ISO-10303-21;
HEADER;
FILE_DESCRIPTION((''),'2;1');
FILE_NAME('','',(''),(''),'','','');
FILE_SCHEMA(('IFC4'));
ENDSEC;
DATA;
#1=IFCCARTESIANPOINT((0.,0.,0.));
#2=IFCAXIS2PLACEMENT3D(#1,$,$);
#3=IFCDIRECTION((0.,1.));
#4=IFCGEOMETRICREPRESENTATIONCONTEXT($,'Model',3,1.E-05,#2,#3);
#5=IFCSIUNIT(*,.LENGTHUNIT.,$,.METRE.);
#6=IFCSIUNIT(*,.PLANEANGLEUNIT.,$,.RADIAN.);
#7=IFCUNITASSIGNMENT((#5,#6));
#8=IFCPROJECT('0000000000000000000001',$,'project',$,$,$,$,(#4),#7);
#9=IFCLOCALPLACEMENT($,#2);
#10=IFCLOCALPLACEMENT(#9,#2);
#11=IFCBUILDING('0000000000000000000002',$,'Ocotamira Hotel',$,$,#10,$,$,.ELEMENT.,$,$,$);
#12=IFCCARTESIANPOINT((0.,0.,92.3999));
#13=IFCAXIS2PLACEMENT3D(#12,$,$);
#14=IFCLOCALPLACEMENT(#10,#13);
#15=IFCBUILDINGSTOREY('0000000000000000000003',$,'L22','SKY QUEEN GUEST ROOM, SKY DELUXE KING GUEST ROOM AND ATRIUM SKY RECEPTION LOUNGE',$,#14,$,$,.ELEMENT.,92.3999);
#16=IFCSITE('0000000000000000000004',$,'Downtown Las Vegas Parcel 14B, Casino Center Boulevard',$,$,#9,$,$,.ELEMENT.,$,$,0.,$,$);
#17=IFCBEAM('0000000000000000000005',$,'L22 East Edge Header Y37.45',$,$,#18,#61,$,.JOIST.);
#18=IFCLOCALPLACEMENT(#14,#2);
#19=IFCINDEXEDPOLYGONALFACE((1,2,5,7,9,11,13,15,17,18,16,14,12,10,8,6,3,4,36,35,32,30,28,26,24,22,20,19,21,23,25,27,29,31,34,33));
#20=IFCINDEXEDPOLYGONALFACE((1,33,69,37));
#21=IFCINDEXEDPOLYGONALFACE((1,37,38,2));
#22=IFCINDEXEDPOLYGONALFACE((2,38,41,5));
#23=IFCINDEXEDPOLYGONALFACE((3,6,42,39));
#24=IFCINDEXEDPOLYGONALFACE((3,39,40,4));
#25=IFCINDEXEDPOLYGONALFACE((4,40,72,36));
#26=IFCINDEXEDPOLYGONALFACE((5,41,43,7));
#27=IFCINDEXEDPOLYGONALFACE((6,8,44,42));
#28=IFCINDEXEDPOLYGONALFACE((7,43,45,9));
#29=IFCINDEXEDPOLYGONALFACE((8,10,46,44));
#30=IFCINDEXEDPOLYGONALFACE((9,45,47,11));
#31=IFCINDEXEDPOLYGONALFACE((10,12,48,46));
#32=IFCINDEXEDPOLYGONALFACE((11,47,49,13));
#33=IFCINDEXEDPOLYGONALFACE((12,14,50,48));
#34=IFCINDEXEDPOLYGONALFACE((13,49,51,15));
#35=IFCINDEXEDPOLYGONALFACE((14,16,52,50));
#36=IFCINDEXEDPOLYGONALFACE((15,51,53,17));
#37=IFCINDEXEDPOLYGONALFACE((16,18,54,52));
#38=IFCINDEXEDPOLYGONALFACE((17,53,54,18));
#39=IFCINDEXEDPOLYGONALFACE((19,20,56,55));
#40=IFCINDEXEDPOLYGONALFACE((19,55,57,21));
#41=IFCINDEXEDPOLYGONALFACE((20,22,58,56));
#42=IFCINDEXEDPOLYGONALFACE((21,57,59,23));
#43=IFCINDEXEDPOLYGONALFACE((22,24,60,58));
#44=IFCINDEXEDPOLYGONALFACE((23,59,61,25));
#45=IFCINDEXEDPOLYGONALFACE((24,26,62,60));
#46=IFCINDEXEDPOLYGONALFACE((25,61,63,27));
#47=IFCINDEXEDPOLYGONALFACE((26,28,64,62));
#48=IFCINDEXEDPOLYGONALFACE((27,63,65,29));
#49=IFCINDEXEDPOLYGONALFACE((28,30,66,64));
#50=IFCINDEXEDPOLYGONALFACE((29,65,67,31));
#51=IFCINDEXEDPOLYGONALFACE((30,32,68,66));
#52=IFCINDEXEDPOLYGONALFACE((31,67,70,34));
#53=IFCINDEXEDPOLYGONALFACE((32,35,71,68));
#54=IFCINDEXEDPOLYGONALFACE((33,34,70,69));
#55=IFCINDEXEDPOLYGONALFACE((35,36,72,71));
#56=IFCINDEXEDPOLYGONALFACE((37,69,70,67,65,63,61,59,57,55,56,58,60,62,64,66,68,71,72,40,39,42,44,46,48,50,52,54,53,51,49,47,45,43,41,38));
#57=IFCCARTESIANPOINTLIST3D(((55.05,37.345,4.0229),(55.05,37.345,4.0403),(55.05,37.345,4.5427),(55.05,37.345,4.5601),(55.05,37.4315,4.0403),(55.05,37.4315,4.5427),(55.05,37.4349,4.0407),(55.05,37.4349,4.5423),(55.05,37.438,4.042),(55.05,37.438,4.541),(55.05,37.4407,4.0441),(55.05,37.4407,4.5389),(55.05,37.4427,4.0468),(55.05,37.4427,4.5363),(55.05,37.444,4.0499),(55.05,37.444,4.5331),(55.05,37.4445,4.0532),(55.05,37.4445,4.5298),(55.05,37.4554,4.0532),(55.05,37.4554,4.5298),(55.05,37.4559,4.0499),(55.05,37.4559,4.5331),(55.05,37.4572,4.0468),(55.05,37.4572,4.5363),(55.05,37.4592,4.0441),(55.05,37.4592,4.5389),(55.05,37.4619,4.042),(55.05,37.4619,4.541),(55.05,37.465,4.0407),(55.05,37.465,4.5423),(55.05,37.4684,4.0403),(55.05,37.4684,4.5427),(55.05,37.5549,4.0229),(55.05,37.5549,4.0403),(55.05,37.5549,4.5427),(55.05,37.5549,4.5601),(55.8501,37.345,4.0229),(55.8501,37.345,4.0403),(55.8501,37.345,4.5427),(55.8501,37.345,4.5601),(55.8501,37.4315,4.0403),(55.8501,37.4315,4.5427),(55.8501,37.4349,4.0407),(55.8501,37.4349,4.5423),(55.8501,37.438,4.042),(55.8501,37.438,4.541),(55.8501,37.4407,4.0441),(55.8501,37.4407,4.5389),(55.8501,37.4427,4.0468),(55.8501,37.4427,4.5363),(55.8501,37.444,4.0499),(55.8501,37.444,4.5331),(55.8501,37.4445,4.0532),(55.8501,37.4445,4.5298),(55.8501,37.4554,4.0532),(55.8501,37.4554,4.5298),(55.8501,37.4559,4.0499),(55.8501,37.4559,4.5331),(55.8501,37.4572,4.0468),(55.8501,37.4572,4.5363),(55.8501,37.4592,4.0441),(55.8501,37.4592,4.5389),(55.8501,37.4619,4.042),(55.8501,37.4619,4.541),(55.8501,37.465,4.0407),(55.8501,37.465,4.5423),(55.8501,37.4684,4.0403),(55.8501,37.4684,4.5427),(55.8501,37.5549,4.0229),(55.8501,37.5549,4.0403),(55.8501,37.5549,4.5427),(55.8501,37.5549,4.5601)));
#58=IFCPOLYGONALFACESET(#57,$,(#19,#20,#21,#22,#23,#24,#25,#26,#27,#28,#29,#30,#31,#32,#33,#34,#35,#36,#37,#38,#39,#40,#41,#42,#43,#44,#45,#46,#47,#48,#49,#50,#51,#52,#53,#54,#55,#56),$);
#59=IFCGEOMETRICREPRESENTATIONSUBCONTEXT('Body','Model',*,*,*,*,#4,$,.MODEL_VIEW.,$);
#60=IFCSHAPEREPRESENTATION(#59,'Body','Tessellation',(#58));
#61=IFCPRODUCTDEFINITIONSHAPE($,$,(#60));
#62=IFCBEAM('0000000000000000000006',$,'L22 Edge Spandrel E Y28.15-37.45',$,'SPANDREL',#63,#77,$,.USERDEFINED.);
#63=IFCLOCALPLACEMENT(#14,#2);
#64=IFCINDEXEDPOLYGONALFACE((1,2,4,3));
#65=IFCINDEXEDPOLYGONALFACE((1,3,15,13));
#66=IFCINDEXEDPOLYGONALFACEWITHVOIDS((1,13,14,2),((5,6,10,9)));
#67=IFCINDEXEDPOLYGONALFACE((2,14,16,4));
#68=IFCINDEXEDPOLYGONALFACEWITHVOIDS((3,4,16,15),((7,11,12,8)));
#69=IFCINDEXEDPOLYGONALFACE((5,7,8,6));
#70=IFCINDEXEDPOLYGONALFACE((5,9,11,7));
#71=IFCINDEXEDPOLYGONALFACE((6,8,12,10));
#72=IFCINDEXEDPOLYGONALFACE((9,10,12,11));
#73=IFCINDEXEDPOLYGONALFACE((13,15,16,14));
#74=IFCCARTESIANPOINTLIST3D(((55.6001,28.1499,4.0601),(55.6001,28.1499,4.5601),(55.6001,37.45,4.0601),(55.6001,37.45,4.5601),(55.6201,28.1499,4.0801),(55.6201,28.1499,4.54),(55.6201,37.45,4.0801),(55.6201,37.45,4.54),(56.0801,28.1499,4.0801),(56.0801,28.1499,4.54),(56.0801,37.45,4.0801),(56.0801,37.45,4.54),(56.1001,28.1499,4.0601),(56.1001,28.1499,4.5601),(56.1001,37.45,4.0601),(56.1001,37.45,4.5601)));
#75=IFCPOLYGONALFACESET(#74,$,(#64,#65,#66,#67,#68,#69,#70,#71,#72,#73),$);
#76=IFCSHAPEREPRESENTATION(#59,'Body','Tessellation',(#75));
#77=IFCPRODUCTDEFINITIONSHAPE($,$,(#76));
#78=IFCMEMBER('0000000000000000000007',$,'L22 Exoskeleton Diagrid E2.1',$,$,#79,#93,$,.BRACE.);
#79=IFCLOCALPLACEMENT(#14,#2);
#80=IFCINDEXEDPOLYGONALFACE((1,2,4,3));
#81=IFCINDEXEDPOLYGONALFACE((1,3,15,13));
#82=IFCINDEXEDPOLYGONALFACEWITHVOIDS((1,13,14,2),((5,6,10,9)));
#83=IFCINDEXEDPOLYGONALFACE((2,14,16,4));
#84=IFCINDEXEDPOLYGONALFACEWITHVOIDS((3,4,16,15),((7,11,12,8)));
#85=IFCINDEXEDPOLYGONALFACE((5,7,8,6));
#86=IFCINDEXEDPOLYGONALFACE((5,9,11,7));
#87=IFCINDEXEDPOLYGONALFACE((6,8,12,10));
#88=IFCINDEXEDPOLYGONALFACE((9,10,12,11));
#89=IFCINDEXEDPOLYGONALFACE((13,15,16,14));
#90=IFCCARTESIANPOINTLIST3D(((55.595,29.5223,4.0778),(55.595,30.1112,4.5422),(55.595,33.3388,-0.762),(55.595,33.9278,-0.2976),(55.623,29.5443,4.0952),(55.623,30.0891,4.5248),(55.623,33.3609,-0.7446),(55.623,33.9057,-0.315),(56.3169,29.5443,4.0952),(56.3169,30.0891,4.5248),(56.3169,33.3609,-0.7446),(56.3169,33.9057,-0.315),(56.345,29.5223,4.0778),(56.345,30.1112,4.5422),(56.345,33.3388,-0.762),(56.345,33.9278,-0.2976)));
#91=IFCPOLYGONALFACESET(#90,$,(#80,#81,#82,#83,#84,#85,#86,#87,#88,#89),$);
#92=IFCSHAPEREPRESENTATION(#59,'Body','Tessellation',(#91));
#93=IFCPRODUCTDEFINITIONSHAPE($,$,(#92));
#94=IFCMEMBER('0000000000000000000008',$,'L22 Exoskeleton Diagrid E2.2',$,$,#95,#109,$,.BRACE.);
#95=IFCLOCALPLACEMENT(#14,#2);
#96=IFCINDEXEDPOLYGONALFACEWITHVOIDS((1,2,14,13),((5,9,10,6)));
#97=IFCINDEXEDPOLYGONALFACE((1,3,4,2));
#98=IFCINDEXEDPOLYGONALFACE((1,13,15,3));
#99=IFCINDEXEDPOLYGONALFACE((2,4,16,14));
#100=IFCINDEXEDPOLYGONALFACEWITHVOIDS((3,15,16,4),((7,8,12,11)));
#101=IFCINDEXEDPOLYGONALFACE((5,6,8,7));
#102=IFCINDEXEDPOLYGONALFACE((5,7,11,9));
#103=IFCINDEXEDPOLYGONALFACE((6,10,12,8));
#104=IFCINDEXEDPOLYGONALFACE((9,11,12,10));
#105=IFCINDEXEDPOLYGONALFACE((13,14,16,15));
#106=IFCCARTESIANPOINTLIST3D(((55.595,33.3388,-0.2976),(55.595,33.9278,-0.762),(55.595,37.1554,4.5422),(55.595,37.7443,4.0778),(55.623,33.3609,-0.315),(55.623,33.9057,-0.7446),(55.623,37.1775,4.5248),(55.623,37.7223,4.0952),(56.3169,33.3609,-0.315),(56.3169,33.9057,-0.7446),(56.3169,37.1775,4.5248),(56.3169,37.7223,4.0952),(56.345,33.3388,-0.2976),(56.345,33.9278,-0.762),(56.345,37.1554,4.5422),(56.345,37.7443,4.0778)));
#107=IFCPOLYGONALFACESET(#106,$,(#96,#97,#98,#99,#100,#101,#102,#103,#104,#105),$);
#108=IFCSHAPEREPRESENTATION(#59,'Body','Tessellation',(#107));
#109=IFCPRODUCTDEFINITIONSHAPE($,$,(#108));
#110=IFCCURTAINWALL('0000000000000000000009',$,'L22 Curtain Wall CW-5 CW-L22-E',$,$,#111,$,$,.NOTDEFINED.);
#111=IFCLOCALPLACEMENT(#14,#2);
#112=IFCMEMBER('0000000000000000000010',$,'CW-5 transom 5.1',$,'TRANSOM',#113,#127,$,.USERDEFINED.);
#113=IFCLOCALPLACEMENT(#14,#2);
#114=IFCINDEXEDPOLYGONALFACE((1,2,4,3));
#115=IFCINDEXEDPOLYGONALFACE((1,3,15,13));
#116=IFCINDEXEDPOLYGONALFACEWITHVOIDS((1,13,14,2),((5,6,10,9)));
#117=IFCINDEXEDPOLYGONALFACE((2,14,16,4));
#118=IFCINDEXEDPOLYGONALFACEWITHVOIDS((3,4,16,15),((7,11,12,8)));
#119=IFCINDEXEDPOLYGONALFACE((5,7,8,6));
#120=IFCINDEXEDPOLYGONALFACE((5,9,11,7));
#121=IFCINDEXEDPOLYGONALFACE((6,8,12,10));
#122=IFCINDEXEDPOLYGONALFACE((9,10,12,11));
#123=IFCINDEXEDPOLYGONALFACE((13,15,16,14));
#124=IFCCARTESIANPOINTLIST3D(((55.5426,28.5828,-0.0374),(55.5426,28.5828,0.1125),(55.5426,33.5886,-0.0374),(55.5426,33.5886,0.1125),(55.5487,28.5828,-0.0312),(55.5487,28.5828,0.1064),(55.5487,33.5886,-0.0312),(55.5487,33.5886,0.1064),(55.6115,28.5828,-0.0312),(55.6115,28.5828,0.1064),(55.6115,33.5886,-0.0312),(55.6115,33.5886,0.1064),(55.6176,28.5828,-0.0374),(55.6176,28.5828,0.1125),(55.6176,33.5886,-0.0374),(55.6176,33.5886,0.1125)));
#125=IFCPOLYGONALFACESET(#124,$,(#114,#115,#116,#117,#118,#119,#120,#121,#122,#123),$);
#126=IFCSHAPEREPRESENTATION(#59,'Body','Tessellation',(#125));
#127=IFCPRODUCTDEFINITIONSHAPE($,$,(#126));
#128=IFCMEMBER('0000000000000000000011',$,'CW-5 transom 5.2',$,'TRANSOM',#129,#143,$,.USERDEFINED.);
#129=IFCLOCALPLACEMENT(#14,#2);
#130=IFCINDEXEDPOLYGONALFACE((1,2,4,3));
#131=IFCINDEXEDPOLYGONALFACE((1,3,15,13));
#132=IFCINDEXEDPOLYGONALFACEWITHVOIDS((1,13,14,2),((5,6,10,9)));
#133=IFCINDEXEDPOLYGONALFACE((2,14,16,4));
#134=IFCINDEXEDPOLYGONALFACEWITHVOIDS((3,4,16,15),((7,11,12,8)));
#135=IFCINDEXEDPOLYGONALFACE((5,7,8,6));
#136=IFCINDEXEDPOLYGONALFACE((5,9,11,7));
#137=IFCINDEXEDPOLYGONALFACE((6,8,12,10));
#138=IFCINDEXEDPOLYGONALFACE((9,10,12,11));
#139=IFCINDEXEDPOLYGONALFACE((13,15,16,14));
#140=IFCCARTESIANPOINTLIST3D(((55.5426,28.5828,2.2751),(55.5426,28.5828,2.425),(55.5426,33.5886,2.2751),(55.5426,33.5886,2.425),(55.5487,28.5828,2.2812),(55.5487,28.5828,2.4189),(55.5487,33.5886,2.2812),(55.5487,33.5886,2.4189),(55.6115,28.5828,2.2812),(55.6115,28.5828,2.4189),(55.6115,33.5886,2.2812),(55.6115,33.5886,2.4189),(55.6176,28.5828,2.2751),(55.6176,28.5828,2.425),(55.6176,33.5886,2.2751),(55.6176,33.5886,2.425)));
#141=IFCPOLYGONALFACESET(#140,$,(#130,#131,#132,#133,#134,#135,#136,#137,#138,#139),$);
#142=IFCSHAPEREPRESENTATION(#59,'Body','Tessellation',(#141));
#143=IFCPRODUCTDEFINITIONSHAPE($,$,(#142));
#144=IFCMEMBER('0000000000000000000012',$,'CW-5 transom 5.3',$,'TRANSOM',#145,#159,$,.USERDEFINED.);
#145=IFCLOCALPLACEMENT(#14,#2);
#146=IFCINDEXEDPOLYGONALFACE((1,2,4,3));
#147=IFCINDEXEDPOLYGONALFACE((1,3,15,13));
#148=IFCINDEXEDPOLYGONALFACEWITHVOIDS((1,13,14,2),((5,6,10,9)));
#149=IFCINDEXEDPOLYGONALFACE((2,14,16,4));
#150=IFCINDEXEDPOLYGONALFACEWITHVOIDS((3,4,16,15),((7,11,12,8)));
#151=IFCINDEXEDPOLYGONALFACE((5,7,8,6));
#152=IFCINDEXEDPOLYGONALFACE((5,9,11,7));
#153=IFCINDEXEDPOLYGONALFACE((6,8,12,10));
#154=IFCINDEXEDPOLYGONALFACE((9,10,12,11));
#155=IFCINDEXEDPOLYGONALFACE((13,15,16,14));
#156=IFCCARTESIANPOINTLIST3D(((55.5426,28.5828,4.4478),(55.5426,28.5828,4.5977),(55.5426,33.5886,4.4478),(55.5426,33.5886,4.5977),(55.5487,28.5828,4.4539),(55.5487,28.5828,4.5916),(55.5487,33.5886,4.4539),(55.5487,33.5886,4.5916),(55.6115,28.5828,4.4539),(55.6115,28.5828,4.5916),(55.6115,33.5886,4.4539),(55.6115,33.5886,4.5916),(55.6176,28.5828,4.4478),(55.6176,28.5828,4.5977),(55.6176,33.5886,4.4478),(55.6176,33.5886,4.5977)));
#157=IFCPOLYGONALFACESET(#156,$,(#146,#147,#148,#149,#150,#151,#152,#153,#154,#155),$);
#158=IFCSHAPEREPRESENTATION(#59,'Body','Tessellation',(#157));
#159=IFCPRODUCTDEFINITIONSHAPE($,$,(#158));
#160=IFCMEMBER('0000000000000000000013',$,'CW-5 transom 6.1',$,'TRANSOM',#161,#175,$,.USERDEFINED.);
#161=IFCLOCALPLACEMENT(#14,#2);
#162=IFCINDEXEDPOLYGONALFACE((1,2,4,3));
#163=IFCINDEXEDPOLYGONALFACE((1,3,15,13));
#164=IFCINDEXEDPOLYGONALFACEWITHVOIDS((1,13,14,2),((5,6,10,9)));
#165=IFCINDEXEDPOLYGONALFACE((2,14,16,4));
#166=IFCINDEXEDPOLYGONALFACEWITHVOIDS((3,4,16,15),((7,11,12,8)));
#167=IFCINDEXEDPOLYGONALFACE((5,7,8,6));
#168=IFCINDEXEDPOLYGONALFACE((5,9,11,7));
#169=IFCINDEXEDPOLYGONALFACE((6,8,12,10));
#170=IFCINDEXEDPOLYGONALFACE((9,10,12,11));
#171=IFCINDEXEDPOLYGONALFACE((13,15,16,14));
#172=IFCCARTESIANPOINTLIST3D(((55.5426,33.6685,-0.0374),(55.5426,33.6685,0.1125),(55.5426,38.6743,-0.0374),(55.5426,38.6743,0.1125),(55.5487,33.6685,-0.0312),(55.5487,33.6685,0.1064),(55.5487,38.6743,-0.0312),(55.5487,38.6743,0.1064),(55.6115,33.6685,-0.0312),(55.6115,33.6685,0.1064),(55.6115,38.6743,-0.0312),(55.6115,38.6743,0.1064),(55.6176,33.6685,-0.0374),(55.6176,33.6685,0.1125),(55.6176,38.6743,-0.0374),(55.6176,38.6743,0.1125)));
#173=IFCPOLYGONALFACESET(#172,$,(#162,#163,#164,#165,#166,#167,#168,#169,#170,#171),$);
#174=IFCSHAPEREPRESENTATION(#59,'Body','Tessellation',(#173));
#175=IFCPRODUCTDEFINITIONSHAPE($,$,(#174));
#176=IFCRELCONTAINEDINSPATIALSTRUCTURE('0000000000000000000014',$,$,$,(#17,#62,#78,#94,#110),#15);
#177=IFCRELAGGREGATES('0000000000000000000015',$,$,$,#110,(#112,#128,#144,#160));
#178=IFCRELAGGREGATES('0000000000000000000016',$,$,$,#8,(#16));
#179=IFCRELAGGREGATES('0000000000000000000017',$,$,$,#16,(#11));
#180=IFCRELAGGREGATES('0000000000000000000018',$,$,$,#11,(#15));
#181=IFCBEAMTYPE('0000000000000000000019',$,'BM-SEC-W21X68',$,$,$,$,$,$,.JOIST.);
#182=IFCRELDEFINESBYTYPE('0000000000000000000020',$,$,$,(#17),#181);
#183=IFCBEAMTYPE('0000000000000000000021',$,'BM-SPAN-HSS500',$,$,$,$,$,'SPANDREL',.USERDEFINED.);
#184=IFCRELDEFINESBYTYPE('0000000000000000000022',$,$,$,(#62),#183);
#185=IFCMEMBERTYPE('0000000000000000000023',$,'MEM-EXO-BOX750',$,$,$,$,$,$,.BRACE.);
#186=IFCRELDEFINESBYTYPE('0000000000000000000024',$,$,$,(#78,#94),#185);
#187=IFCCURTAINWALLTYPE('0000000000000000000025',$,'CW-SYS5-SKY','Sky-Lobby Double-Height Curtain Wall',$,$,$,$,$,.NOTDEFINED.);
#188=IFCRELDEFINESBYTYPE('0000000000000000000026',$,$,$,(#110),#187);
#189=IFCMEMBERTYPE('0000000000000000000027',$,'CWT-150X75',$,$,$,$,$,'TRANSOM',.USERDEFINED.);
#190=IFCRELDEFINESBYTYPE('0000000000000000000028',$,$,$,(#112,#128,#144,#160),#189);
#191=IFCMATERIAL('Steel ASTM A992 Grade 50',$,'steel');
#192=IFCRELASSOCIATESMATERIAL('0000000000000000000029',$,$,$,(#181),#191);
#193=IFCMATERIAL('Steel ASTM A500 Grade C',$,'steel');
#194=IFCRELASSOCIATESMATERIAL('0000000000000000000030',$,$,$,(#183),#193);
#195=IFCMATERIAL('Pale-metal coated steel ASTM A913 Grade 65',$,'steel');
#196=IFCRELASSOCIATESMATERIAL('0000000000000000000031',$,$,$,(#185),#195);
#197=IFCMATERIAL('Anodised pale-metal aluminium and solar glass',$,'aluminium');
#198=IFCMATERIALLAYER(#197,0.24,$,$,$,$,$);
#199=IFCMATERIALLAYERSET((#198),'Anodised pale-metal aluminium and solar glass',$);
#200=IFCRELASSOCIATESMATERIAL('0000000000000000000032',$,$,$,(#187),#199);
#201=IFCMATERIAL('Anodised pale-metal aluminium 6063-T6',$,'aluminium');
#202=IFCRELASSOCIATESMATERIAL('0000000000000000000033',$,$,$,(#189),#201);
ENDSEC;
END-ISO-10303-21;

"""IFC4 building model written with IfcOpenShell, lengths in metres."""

from ifc_helpers import new_model, si_unit, direction, frame, origin, origin_2d, place, context, subcontext, project, spatial, hollow_rectangle, i_section, extrude, source, transform, mapped, material, layer, layer_set, material_profile, profile_set, type_object, element, aggregate, save


model = new_model("IFC4")

# Units and contexts
model_context = context("Model", 3, precision=1e-05, world=origin(), true_north=direction((0.0, 1.0)))
body_context = subcontext(model_context, "Body", "Model", "MODEL_VIEW")
ifc_project = project(units=[si_unit("LENGTHUNIT", "METRE"), si_unit("PLANEANGLEUNIT", "RADIAN")], contexts=[model_context])

# Site, building, storey
site_placement = place(None, origin())
site = spatial("IfcSite", under=ifc_project, at=site_placement, Name="Downtown Las Vegas Parcel 14B, Casino Center Boulevard", CompositionType="ELEMENT", RefElevation=0.0)
building_placement = place(site_placement, origin())
building = spatial("IfcBuilding", under=site, at=building_placement, Name="Ocotamira Hotel", CompositionType="ELEMENT")
storey_placement = place(building_placement, frame((0.0, 0.0, 92.3999)))
storey = spatial("IfcBuildingStorey", under=building, at=storey_placement, Name="L22", Description="SKY QUEEN GUEST ROOM, SKY DELUXE KING GUEST ROOM AND ATRIUM SKY RECEPTION LOUNGE", CompositionType="ELEMENT", Elevation=92.3999)

# Beams
ifc_material_1 = material(Name="Steel ASTM A500 Grade C", Category="steel")
ifc_material_2 = material(Name="Steel ASTM A992 Grade 50", Category="steel")
ifc_material_profile_1 = material_profile(ifc_material_2, i_section(OverallWidth=0.21, OverallDepth=0.5371, WebThickness=0.011, FlangeThickness=0.0173, FilletRadius=0.0129, at=origin_2d()), Name="W21X68")
ifc_profile_set_1 = profile_set([ifc_material_profile_1], Name="Steel ASTM A992 Grade 50")
beam_type_1 = type_object("IfcBeamType", Name="BM-SEC-W21X68", PredefinedType="JOIST", material=ifc_profile_set_1)
shared_shape_1 = source(origin(), body_context, "Body", "SweptSolid", [
    extrude(i_section(OverallWidth=0.21, OverallDepth=0.5371, WebThickness=0.011, FlangeThickness=0.0173, FilletRadius=0.0129, at=origin_2d()), origin(), (0.0, 0.0, 1.0), 0.8),
])
for number, where, z_axis, x_axis, name in (
    (1, (55.05, 37.45, 4.2915), (1.0, 0.0, 0.0), (0.0, 1.0, 0.0), "L22 East Edge Header Y37.45"),
):
    element("IfcBeam", number, at=place(storey_placement, frame(where, z_axis=z_axis, x_axis=x_axis)), inside=storey, type_object=beam_type_1, Name=name, PredefinedType="JOIST", context=body_context, shape_type="MappedRepresentation", body=[
        mapped(shared_shape_1, transform((0.0, 0.0, 0.0), scale=1.0)),
    ])
ifc_material_profile_2 = material_profile(ifc_material_1, hollow_rectangle(XDim=0.5, YDim=0.5, WallThickness=0.02, at=origin_2d()), Name="HSS500X500X20")
ifc_profile_set_2 = profile_set([ifc_material_profile_2], Name="Steel ASTM A500 Grade C")
beam_type_2 = type_object("IfcBeamType", Name="BM-SPAN-HSS500", ElementType="SPANDREL", PredefinedType="USERDEFINED", material=ifc_profile_set_2)
shared_shape_2 = source(origin(), body_context, "Body", "SweptSolid", [
    extrude(hollow_rectangle(XDim=0.5, YDim=0.5, WallThickness=0.02, at=origin_2d()), origin(), (0.0, 0.0, 1.0), 9.3),
])
beam_1_placement = place(storey_placement, frame((55.8501, 28.1499, 4.3101), z_axis=(0.0, 1.0, 0.0), x_axis=(-1.0, 0.0, 0.0)))
element("IfcBeam", 2, at=beam_1_placement, inside=storey, type_object=beam_type_2, Name="L22 Edge Spandrel E Y28.15-37.45", ObjectType="SPANDREL", PredefinedType="USERDEFINED", context=body_context, shape_type="MappedRepresentation", body=[
    mapped(shared_shape_2, transform((0.0, 0.0, 0.0), scale=1.0)),
])

# Members
ifc_material_3 = material(Name="Pale-metal coated steel ASTM A913 Grade 65", Category="steel")
ifc_material_profile_3 = material_profile(ifc_material_3, hollow_rectangle(XDim=0.75, YDim=0.75, WallThickness=0.0281, at=origin_2d()), Name="BOX750X750X28")
ifc_profile_set_3 = profile_set([ifc_material_profile_3], Name="Pale-metal coated steel ASTM A913 Grade 65")
member_type_1 = type_object("IfcMemberType", Name="MEM-EXO-BOX750", PredefinedType="BRACE", material=ifc_profile_set_3)
shared_shape_3 = source(origin(), body_context, "Body", "SweptSolid", [
    extrude(hollow_rectangle(XDim=0.75, YDim=0.75, WallThickness=0.0281, at=origin_2d()), origin(), (0.0, 0.0, 1.0), 6.1636),
])
for number, where, z_axis, x_axis, name in (
    (3, (55.97, 33.6333, -0.5298), (0.0, -0.619217, 0.78522), (1.0, 0.0, 0.0), "L22 Exoskeleton Diagrid E2.1"),
    (4, (55.97, 33.6333, -0.5298), (0.0, 0.619217, 0.78522), (-1.0, 0.0, 0.0), "L22 Exoskeleton Diagrid E2.2"),
):
    element("IfcMember", number, at=place(storey_placement, frame(where, z_axis=z_axis, x_axis=x_axis)), inside=storey, type_object=member_type_1, Name=name, PredefinedType="BRACE", context=body_context, shape_type="MappedRepresentation", body=[
        mapped(shared_shape_3, transform((0.0, 0.0, 0.0), scale=1.0)),
    ])

# Curtain wall, members
ifc_material_4 = material(Name="Anodised pale-metal aluminium and solar glass", Category="aluminium")
ifc_layer_1 = layer(ifc_material_4, 0.24)
ifc_layer_set_1 = layer_set([ifc_layer_1], Name="Anodised pale-metal aluminium and solar glass")
curtain_wall_type = type_object("IfcCurtainWallType", Name="CW-SYS5-SKY", Description="Sky-Lobby Double-Height Curtain Wall", PredefinedType="NOTDEFINED", material=ifc_layer_set_1)
curtain_wall_placement = place(storey_placement, origin())
curtain_wall = element("IfcCurtainWall", 5, at=curtain_wall_placement, inside=storey, type_object=curtain_wall_type, Name="L22 Curtain Wall CW-5 CW-L22-E", PredefinedType="NOTDEFINED")
ifc_material_5 = material(Name="Anodised pale-metal aluminium 6063-T6", Category="aluminium")
ifc_material_profile_4 = material_profile(ifc_material_5, hollow_rectangle(XDim=0.075, YDim=0.1499, WallThickness=0.0061, at=origin_2d()), Name="HSS150X75X6")
ifc_profile_set_4 = profile_set([ifc_material_profile_4], Name="Anodised pale-metal aluminium 6063-T6")
member_type_2 = type_object("IfcMemberType", Name="CWT-150X75", ElementType="TRANSOM", PredefinedType="USERDEFINED", material=ifc_profile_set_4)
shared_shape_4 = source(origin(), body_context, "Body", "SweptSolid", [
    extrude(hollow_rectangle(XDim=0.075, YDim=0.1499, WallThickness=0.0061, at=origin_2d()), origin(), (0.0, 0.0, 1.0), 5.0059),
])
member_1_placement = place(storey_placement, frame((55.5801, 28.5828, 0.0376), z_axis=(0.0, 1.0, 0.0), x_axis=(-1.0, 0.0, 0.0)))
member_1 = element("IfcMember", 6, at=member_1_placement, type_object=member_type_2, Name="CW-5 transom 5.1", ObjectType="TRANSOM", PredefinedType="USERDEFINED", context=body_context, shape_type="MappedRepresentation", body=[
    mapped(shared_shape_4, transform((0.0, 0.0, 0.0), scale=1.0)),
])
member_2_placement = place(storey_placement, frame((55.5801, 28.5828, 2.3501), z_axis=(0.0, 1.0, 0.0), x_axis=(-1.0, 0.0, 0.0)))
member_2 = element("IfcMember", 7, at=member_2_placement, type_object=member_type_2, Name="CW-5 transom 5.2", ObjectType="TRANSOM", PredefinedType="USERDEFINED", context=body_context, shape_type="MappedRepresentation", body=[
    mapped(shared_shape_4, transform((0.0, 0.0, 0.0), scale=1.0)),
])
member_3_placement = place(storey_placement, frame((55.5801, 28.5828, 4.5227), z_axis=(0.0, 1.0, 0.0), x_axis=(-1.0, 0.0, 0.0)))
member_3 = element("IfcMember", 8, at=member_3_placement, type_object=member_type_2, Name="CW-5 transom 5.3", ObjectType="TRANSOM", PredefinedType="USERDEFINED", context=body_context, shape_type="MappedRepresentation", body=[
    mapped(shared_shape_4, transform((0.0, 0.0, 0.0), scale=1.0)),
])
member_4_placement = place(storey_placement, frame((55.5801, 33.6685, 0.0376), z_axis=(0.0, 1.0, 0.0), x_axis=(-1.0, 0.0, 0.0)))
member_4 = element("IfcMember", 9, at=member_4_placement, type_object=member_type_2, Name="CW-5 transom 6.1", ObjectType="TRANSOM", PredefinedType="USERDEFINED", context=body_context, shape_type="MappedRepresentation", body=[
    mapped(shared_shape_4, transform((0.0, 0.0, 0.0), scale=1.0)),
])

aggregate(curtain_wall, [member_1, member_2, member_3, member_4])

save(model, "model.ifc")
